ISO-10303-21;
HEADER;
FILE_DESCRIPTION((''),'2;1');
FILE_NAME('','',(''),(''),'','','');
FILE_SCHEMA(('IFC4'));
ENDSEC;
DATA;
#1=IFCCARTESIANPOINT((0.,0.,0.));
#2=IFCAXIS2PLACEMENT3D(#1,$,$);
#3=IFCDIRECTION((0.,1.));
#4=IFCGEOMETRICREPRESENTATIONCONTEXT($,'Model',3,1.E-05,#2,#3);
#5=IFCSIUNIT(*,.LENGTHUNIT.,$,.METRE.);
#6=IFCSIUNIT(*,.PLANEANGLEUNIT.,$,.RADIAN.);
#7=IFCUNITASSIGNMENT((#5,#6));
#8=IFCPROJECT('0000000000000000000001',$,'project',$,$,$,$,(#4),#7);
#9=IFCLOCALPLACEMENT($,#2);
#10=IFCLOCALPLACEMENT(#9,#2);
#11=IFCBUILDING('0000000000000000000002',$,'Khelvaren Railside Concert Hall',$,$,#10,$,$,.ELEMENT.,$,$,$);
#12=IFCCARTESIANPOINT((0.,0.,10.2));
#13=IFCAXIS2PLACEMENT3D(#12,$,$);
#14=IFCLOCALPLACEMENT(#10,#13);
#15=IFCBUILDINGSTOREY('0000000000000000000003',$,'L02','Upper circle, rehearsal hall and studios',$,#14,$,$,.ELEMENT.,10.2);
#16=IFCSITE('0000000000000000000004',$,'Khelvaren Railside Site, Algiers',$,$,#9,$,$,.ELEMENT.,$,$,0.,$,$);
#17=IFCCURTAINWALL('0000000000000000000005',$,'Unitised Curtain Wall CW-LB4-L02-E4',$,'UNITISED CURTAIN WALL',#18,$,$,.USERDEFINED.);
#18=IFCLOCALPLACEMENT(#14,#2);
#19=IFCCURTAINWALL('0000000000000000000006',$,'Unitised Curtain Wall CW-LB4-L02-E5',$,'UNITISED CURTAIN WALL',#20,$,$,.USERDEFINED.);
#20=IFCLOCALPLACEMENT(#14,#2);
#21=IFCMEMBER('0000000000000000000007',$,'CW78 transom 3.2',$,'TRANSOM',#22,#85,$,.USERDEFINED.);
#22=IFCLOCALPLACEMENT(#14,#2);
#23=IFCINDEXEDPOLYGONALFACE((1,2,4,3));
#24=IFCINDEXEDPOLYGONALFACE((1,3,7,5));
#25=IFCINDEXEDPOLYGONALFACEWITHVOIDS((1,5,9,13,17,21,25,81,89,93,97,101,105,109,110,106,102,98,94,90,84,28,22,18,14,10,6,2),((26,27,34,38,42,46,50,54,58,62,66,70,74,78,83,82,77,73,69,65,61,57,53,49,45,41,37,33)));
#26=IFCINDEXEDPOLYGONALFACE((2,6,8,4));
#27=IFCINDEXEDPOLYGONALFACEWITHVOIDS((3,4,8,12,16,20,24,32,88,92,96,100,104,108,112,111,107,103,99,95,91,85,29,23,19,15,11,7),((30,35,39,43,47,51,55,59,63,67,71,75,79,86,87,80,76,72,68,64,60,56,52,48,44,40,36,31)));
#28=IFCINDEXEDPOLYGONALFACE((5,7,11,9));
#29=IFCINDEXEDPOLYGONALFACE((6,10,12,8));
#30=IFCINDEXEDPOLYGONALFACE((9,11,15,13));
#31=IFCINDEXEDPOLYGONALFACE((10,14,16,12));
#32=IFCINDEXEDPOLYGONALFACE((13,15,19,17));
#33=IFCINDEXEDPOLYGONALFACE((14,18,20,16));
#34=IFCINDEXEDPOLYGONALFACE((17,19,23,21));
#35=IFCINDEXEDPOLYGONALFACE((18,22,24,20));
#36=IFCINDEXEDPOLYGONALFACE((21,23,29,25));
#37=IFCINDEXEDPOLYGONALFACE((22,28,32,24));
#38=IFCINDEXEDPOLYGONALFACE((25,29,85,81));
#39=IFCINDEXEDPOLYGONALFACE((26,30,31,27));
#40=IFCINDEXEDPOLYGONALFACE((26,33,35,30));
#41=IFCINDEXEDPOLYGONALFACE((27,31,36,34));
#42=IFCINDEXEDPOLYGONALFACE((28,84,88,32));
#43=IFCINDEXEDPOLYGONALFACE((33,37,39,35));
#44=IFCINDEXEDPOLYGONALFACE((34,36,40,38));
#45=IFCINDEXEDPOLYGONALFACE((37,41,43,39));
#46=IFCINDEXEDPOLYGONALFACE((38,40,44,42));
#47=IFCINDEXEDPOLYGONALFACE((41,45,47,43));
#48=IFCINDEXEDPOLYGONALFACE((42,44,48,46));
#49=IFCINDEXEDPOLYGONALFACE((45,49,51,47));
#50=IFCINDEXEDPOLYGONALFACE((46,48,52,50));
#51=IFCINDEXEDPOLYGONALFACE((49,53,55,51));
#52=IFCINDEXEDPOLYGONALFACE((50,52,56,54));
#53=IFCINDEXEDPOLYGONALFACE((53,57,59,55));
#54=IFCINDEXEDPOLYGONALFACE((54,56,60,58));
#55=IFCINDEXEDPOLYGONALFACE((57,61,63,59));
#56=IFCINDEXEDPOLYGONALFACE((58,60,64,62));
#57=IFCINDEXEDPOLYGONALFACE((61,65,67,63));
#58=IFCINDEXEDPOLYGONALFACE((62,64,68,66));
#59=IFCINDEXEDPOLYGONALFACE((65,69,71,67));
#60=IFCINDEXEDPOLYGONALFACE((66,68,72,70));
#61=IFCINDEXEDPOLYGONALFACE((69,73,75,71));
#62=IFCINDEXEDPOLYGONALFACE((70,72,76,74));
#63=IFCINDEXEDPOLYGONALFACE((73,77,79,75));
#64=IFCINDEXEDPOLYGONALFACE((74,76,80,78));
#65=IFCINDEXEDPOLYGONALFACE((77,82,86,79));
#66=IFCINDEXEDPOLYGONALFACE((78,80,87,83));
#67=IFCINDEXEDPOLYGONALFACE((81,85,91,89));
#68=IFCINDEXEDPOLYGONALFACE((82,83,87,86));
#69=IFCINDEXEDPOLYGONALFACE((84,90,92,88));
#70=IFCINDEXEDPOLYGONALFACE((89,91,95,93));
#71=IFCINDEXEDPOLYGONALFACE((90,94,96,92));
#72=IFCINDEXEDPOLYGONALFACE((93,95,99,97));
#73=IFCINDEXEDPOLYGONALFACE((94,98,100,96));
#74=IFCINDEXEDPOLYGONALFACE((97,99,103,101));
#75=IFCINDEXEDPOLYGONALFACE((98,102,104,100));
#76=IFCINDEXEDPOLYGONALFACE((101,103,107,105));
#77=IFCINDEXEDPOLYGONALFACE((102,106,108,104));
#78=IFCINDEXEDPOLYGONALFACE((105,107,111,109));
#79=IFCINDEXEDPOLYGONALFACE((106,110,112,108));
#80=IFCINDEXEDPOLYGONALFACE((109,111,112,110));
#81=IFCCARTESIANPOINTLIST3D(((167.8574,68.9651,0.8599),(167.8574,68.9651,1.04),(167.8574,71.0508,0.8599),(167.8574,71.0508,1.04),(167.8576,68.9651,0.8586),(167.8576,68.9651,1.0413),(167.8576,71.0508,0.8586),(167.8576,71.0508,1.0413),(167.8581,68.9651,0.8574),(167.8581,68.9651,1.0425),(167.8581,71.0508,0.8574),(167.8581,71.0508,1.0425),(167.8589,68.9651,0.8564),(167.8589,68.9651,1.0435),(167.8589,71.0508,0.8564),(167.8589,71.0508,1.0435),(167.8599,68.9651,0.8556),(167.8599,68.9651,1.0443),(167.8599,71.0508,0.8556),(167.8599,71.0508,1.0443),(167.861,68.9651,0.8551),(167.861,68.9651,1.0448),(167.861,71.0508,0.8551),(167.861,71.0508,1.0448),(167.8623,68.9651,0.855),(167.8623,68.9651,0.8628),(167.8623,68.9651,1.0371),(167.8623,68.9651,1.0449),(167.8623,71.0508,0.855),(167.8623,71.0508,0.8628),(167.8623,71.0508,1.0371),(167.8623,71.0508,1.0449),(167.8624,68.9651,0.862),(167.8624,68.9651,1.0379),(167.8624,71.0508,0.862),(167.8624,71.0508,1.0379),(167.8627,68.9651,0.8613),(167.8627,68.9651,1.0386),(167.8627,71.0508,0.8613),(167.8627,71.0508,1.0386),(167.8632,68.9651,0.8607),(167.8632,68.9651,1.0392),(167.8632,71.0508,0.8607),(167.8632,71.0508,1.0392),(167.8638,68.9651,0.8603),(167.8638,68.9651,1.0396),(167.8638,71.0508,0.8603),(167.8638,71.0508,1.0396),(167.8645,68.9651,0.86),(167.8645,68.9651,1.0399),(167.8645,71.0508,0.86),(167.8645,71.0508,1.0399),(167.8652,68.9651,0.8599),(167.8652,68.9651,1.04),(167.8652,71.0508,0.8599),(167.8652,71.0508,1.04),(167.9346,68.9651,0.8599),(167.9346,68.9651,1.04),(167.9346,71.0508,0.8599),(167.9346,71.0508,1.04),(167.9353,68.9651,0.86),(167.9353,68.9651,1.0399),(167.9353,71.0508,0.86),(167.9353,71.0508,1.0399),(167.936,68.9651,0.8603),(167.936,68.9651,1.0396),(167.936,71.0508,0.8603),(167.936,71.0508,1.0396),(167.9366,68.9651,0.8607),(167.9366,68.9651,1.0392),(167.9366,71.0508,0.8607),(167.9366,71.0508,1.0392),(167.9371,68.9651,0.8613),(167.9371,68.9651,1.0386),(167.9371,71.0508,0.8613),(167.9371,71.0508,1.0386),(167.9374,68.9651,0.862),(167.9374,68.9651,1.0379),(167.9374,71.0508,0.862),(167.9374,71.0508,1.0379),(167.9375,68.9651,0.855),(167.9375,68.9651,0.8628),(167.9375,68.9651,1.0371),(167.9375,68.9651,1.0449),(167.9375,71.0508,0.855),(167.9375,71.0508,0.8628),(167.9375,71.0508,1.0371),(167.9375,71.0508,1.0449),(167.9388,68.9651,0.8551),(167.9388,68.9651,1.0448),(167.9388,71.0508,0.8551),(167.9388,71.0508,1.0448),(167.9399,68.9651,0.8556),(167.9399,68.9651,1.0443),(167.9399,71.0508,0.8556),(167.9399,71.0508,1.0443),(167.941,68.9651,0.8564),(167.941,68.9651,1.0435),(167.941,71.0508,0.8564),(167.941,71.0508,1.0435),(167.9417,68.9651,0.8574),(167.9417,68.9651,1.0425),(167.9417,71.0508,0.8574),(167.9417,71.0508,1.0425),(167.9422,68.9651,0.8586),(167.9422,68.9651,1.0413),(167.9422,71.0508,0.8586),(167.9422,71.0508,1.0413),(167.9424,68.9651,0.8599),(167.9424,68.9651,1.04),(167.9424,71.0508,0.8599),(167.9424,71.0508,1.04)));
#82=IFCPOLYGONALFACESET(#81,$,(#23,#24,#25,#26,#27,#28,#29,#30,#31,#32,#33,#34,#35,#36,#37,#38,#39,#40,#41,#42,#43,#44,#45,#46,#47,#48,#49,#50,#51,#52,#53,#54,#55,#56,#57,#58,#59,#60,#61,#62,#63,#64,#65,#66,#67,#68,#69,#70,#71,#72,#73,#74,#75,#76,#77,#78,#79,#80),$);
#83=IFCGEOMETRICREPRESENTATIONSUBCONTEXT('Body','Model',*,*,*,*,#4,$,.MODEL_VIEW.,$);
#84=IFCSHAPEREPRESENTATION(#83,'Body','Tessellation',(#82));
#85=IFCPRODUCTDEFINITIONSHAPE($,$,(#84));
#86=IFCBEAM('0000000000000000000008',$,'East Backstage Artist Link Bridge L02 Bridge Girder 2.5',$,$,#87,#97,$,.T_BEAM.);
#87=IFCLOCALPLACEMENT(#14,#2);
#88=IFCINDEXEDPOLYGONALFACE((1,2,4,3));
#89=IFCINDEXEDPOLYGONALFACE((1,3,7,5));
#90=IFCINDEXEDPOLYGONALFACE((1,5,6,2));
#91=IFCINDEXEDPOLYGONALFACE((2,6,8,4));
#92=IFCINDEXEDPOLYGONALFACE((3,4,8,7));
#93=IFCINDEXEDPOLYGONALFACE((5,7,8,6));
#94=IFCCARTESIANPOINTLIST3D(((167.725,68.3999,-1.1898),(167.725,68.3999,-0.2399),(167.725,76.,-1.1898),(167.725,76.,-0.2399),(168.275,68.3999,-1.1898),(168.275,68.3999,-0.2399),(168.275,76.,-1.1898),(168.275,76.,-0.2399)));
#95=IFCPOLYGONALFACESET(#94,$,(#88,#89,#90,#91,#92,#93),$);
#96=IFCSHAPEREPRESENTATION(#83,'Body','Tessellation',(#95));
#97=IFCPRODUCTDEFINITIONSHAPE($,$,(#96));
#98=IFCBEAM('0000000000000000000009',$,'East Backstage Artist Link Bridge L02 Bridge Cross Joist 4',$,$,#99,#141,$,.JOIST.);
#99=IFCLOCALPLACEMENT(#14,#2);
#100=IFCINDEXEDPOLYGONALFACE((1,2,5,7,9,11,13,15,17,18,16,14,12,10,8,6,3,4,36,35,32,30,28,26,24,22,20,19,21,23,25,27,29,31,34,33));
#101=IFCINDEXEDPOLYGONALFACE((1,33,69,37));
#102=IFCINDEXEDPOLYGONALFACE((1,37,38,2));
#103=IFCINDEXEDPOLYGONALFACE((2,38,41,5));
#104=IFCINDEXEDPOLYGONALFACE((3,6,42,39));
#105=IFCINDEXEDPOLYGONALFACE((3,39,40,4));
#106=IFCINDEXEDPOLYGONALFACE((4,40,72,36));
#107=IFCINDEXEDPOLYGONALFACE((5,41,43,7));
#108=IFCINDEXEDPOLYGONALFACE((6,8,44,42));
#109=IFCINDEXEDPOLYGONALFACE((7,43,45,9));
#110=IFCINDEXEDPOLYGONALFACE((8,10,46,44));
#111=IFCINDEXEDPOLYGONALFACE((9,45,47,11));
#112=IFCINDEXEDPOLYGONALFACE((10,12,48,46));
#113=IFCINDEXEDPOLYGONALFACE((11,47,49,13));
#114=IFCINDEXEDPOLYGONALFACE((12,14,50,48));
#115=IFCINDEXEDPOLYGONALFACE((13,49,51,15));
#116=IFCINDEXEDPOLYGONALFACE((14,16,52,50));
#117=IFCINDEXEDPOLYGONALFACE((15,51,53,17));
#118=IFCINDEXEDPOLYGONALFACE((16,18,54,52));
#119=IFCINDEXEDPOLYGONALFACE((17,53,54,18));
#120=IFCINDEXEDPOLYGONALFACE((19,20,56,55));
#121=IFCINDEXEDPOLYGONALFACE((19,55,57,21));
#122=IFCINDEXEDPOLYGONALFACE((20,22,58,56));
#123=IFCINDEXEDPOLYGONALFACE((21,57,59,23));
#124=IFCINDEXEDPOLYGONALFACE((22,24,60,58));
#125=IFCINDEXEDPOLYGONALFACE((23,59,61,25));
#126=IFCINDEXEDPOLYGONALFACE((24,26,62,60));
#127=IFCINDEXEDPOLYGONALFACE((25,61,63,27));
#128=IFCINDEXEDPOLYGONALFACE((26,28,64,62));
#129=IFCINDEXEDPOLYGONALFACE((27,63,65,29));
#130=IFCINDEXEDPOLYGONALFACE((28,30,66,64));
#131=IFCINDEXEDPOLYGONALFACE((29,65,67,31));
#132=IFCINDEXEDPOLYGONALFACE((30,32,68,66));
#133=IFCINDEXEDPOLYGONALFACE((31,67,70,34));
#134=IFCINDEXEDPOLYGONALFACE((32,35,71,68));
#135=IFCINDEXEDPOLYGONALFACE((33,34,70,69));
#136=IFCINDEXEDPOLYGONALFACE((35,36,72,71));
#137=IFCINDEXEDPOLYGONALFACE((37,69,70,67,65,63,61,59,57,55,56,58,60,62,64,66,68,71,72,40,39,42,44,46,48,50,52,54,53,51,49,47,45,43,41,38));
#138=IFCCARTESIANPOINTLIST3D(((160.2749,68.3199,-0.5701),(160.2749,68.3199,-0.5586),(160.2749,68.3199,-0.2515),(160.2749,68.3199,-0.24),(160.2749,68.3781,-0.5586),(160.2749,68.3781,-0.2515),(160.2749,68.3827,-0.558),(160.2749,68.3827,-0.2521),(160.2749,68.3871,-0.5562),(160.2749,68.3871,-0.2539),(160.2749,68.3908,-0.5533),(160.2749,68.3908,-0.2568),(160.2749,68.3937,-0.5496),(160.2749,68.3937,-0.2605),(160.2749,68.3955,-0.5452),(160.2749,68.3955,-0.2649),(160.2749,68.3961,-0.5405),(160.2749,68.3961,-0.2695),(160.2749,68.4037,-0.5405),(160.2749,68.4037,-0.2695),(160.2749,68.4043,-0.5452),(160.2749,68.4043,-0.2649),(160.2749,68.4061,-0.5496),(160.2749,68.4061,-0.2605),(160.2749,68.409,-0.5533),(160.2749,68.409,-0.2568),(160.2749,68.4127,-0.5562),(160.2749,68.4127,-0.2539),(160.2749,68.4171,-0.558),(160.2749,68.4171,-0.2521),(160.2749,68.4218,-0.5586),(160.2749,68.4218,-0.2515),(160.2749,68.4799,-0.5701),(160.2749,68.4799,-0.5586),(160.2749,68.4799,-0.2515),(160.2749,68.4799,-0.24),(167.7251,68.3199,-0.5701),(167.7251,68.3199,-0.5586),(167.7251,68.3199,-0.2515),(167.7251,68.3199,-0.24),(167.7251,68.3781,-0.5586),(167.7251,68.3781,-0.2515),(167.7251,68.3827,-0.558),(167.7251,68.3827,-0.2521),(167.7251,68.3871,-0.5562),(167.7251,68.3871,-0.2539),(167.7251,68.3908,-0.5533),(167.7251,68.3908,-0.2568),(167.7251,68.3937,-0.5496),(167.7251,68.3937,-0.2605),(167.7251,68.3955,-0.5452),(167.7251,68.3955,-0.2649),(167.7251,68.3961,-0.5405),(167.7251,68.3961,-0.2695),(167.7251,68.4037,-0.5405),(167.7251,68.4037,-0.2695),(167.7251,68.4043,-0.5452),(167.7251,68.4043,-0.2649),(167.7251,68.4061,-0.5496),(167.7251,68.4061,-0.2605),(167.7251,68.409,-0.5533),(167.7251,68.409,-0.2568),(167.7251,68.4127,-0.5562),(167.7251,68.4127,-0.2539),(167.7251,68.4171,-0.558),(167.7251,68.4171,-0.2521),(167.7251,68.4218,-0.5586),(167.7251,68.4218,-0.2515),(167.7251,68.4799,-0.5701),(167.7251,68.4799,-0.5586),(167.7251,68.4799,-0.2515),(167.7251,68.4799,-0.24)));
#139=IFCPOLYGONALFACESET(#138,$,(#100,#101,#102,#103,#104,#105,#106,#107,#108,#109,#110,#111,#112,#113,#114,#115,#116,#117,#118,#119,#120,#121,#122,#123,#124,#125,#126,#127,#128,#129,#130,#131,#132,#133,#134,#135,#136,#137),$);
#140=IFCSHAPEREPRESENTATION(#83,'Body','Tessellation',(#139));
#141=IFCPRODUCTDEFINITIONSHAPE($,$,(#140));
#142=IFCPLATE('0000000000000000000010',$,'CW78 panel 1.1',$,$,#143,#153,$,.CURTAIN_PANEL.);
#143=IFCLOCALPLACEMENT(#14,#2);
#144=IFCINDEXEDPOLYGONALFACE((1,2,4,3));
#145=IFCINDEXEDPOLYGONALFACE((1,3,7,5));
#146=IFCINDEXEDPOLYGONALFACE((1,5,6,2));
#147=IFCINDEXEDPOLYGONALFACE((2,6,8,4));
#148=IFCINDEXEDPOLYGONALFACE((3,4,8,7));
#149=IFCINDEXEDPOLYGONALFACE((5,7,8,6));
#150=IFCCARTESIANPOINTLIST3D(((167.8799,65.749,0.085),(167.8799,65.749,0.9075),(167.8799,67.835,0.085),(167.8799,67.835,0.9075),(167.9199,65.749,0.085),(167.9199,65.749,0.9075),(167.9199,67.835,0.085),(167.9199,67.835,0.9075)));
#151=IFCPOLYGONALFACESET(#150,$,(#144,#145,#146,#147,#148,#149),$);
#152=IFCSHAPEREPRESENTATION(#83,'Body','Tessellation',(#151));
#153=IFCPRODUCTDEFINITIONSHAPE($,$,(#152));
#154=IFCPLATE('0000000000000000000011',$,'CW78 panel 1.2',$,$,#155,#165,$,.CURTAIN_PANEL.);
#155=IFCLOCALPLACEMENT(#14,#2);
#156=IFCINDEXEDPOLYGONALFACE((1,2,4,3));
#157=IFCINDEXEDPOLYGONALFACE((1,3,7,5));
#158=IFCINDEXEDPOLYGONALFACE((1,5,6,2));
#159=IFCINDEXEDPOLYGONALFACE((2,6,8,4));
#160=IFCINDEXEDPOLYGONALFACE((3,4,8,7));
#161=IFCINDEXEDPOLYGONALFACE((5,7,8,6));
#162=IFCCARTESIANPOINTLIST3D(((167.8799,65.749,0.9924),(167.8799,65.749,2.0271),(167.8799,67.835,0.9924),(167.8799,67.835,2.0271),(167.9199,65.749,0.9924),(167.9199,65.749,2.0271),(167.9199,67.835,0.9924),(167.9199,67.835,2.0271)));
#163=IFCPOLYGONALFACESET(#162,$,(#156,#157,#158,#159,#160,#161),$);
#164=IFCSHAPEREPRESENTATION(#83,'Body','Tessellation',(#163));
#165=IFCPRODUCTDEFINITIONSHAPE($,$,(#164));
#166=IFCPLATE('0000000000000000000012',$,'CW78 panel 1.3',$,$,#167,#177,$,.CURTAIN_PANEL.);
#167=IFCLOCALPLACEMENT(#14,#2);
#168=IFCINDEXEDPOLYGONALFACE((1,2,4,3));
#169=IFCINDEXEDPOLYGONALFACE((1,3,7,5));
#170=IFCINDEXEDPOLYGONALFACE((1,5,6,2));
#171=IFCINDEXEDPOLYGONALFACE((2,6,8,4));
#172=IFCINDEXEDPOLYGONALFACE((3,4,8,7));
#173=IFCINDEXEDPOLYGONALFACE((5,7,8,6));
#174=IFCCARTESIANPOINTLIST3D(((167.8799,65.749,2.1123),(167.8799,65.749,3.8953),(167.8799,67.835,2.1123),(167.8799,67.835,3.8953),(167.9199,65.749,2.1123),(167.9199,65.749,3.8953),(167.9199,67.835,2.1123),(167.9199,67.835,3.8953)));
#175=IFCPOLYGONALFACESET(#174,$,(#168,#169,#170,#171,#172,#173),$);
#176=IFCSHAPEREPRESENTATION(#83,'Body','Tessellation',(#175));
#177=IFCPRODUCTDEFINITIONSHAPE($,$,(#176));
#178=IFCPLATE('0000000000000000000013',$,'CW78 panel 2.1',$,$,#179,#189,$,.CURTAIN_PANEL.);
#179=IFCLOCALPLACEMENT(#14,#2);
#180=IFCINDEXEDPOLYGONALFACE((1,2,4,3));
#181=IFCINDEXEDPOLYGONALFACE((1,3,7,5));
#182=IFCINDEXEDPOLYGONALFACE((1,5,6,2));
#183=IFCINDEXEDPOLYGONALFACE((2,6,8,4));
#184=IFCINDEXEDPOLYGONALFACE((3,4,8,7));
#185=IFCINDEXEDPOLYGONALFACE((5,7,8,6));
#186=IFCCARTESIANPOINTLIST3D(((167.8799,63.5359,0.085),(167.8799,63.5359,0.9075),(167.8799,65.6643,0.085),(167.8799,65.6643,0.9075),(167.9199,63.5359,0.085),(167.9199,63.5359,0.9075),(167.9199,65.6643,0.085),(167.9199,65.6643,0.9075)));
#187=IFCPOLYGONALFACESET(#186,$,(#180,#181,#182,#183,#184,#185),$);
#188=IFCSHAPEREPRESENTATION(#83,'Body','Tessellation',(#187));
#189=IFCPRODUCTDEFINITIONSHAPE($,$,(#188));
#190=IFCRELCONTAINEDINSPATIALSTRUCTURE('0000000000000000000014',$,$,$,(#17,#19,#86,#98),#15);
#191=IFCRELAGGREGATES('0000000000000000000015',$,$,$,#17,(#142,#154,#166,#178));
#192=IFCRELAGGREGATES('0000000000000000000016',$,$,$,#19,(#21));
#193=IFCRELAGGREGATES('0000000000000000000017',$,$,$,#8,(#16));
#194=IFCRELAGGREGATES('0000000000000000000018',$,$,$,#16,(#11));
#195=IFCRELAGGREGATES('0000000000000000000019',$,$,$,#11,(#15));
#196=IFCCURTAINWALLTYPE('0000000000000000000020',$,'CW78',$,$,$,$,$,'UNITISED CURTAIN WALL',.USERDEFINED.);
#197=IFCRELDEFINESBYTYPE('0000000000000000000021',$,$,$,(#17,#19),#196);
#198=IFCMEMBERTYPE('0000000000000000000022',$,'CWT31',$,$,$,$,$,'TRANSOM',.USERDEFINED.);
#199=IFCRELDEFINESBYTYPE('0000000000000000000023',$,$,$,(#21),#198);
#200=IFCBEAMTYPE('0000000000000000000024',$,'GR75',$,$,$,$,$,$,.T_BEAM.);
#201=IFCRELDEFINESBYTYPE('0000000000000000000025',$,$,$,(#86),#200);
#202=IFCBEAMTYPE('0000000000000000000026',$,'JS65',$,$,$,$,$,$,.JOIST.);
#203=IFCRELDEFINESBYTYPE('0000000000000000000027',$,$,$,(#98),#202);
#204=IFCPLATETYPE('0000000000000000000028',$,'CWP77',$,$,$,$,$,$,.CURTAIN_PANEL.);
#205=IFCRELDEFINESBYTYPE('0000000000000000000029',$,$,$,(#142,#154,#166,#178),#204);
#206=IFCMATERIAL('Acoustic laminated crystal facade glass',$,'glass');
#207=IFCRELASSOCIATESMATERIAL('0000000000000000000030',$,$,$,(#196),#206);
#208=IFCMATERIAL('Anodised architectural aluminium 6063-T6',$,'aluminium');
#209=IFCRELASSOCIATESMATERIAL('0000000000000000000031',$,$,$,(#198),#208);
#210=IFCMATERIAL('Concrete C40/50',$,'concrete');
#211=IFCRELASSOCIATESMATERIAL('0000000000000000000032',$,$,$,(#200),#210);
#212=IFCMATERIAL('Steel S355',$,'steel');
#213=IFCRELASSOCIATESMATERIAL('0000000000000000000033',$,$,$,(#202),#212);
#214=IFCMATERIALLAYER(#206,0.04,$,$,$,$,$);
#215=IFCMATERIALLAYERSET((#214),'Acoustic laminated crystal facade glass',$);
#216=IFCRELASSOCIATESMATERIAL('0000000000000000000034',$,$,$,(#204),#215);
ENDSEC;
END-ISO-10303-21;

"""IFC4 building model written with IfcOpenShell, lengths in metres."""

from ifc_helpers import new_model, si_unit, direction, frame, origin, origin_2d, place, context, subcontext, project, spatial, rectangle, hollow_rectangle, i_section, extrude, material, layer, layer_set, material_profile, profile_set, type_object, element, aggregate, save


model = new_model("IFC4")

# Units and contexts
model_context = context("Model", 3, precision=1e-05, world=origin(), true_north=direction((0.0, 1.0)))
body_context = subcontext(model_context, "Body", "Model", "MODEL_VIEW")
ifc_project = project(units=[si_unit("LENGTHUNIT", "METRE"), si_unit("PLANEANGLEUNIT", "RADIAN")], contexts=[model_context])

# Site, building, storey
site_placement = place(None, origin())
site = spatial("IfcSite", under=ifc_project, at=site_placement, Name="Khelvaren Railside Site, Algiers", CompositionType="ELEMENT", RefElevation=0.0)
building_placement = place(site_placement, origin())
building = spatial("IfcBuilding", under=site, at=building_placement, Name="Khelvaren Railside Concert Hall", CompositionType="ELEMENT")
storey_placement = place(building_placement, frame((0.0, 0.0, 10.2)))
storey = spatial("IfcBuildingStorey", under=building, at=storey_placement, Name="L02", Description="Upper circle, rehearsal hall and studios", CompositionType="ELEMENT", Elevation=10.2)

# Shared definitions
ifc_material_1 = material(Name="Steel S355", Category="steel")

# Curtain wall
ifc_material_2 = material(Name="Acoustic laminated crystal facade glass", Category="glass")
curtain_wall_type = type_object("IfcCurtainWallType", Name="CW78", ElementType="UNITISED CURTAIN WALL", PredefinedType="USERDEFINED", material=ifc_material_2)
curtain_wall_1_placement = place(storey_placement, origin())
curtain_wall_1 = element("IfcCurtainWall", 1, at=curtain_wall_1_placement, inside=storey, type_object=curtain_wall_type, Name="Unitised Curtain Wall CW-LB4-L02-E4", ObjectType="UNITISED CURTAIN WALL", PredefinedType="USERDEFINED")
ifc_material_3 = material(Name="Anodised architectural aluminium 6063-T6", Category="aluminium")

# Curtain wall
curtain_wall_2_placement = place(storey_placement, origin())
curtain_wall_2 = element("IfcCurtainWall", 2, at=curtain_wall_2_placement, inside=storey, type_object=curtain_wall_type, Name="Unitised Curtain Wall CW-LB4-L02-E5", ObjectType="UNITISED CURTAIN WALL", PredefinedType="USERDEFINED")

# Member
ifc_material_profile_1 = material_profile(ifc_material_3, hollow_rectangle(XDim=0.085, YDim=0.1899, WallThickness=0.0049, InnerFilletRadius=0.0029, OuterFilletRadius=0.0049, at=origin_2d()), Name="CWT 85x190x5")
ifc_profile_set_1 = profile_set([ifc_material_profile_1], Name="Anodised architectural aluminium 6063-T6")
member_type_1 = type_object("IfcMemberType", Name="CWT31", ElementType="TRANSOM", PredefinedType="USERDEFINED", material=ifc_profile_set_1)
member_1_placement = place(storey_placement, frame((167.8999, 71.0508, 0.95), z_axis=(0.0, -1.0, 0.0), x_axis=(1.0, 0.0, 0.0)))
member_1 = element("IfcMember", 3, at=member_1_placement, type_object=member_type_1, Name="CW78 transom 3.2", ObjectType="TRANSOM", PredefinedType="USERDEFINED", context=body_context, shape_type="SweptSolid", body=[
    extrude(hollow_rectangle(XDim=0.085, YDim=0.1899, WallThickness=0.0049, InnerFilletRadius=0.0029, OuterFilletRadius=0.0049, at=origin_2d()), origin(), (0.0, 0.0, 1.0), 2.0857),
])

# Beams
ifc_material_4 = material(Name="Concrete C40/50", Category="concrete")
ifc_material_profile_2 = material_profile(ifc_material_4, rectangle(XDim=0.55, YDim=0.95, at=origin_2d()), Name="RCB 550x950")
ifc_profile_set_2 = profile_set([ifc_material_profile_2], Name="Concrete C40/50")
beam_type_1 = type_object("IfcBeamType", Name="GR75", PredefinedType="T_BEAM", material=ifc_profile_set_2)
beam_1_placement = place(storey_placement, frame((168.0, 68.3999, -0.7148), z_axis=(0.0, 1.0, 0.0), x_axis=(-1.0, 0.0, 0.0)))
element("IfcBeam", 4, at=beam_1_placement, inside=storey, type_object=beam_type_1, Name="East Backstage Artist Link Bridge L02 Bridge Girder 2.5", PredefinedType="T_BEAM", context=body_context, shape_type="SweptSolid", body=[
    extrude(rectangle(XDim=0.55, YDim=0.95, at=origin_2d()), origin(), (0.0, 0.0, 1.0), 7.6001),
])
ifc_material_profile_3 = material_profile(ifc_material_1, i_section(OverallWidth=0.1599, OverallDepth=0.3301, WebThickness=0.0076, FlangeThickness=0.0115, FilletRadius=0.0181, at=origin_2d()), Name="IPE 330")
ifc_profile_set_3 = profile_set([ifc_material_profile_3], Name="Steel S355")
beam_type_2 = type_object("IfcBeamType", Name="JS65", PredefinedType="JOIST", material=ifc_profile_set_3)
beam_2_placement = place(storey_placement, frame((160.2749, 68.3999, -0.405), z_axis=(1.0, 0.0, 0.0), x_axis=(0.0, 1.0, 0.0)))
element("IfcBeam", 5, at=beam_2_placement, inside=storey, type_object=beam_type_2, Name="East Backstage Artist Link Bridge L02 Bridge Cross Joist 4", PredefinedType="JOIST", context=body_context, shape_type="SweptSolid", body=[
    extrude(i_section(OverallWidth=0.1599, OverallDepth=0.3301, WebThickness=0.0076, FlangeThickness=0.0115, FilletRadius=0.0181, at=origin_2d()), origin(), (0.0, 0.0, 1.0), 7.4502),
])

# Plates
ifc_layer = layer(ifc_material_2, 0.04)
ifc_layer_set = layer_set([ifc_layer], Name="Acoustic laminated crystal facade glass")
plate_type = type_object("IfcPlateType", Name="CWP77", PredefinedType="CURTAIN_PANEL", material=ifc_layer_set)
plate_1_placement = place(storey_placement, frame((167.8999, 66.792, 0.085), z_axis=(0.0, 0.0, 1.0), x_axis=(0.0, -1.0, 0.0)))
plate_1 = element("IfcPlate", 6, at=plate_1_placement, type_object=plate_type, Name="CW78 panel 1.1", PredefinedType="CURTAIN_PANEL", context=body_context, shape_type="SweptSolid", body=[
    extrude(rectangle(XDim=2.0859, YDim=0.04, at=origin_2d()), origin(), (0.0, 0.0, 1.0), 0.8225),
])
plate_2_placement = place(storey_placement, frame((167.8999, 66.792, 0.9924), z_axis=(0.0, 0.0, 1.0), x_axis=(0.0, -1.0, 0.0)))
plate_2 = element("IfcPlate", 7, at=plate_2_placement, type_object=plate_type, Name="CW78 panel 1.2", PredefinedType="CURTAIN_PANEL", context=body_context, shape_type="SweptSolid", body=[
    extrude(rectangle(XDim=2.0859, YDim=0.04, at=origin_2d()), origin(), (0.0, 0.0, 1.0), 1.0347),
])
plate_3_placement = place(storey_placement, frame((167.8999, 66.792, 2.1123), z_axis=(0.0, 0.0, 1.0), x_axis=(0.0, -1.0, 0.0)))
plate_3 = element("IfcPlate", 8, at=plate_3_placement, type_object=plate_type, Name="CW78 panel 1.3", PredefinedType="CURTAIN_PANEL", context=body_context, shape_type="SweptSolid", body=[
    extrude(rectangle(XDim=2.0859, YDim=0.04, at=origin_2d()), origin(), (0.0, 0.0, 1.0), 1.783),
])
plate_4_placement = place(storey_placement, frame((167.8999, 64.6001, 0.085), z_axis=(0.0, 0.0, 1.0), x_axis=(0.0, -1.0, 0.0)))
plate_4 = element("IfcPlate", 9, at=plate_4_placement, type_object=plate_type, Name="CW78 panel 2.1", PredefinedType="CURTAIN_PANEL", context=body_context, shape_type="SweptSolid", body=[
    extrude(rectangle(XDim=2.1284, YDim=0.04, at=origin_2d()), origin(), (0.0, 0.0, 1.0), 0.8225),
])
aggregate(curtain_wall_1, [plate_1, plate_2, plate_3, plate_4])
aggregate(curtain_wall_2, [member_1])

save(model, "model.ifc")
